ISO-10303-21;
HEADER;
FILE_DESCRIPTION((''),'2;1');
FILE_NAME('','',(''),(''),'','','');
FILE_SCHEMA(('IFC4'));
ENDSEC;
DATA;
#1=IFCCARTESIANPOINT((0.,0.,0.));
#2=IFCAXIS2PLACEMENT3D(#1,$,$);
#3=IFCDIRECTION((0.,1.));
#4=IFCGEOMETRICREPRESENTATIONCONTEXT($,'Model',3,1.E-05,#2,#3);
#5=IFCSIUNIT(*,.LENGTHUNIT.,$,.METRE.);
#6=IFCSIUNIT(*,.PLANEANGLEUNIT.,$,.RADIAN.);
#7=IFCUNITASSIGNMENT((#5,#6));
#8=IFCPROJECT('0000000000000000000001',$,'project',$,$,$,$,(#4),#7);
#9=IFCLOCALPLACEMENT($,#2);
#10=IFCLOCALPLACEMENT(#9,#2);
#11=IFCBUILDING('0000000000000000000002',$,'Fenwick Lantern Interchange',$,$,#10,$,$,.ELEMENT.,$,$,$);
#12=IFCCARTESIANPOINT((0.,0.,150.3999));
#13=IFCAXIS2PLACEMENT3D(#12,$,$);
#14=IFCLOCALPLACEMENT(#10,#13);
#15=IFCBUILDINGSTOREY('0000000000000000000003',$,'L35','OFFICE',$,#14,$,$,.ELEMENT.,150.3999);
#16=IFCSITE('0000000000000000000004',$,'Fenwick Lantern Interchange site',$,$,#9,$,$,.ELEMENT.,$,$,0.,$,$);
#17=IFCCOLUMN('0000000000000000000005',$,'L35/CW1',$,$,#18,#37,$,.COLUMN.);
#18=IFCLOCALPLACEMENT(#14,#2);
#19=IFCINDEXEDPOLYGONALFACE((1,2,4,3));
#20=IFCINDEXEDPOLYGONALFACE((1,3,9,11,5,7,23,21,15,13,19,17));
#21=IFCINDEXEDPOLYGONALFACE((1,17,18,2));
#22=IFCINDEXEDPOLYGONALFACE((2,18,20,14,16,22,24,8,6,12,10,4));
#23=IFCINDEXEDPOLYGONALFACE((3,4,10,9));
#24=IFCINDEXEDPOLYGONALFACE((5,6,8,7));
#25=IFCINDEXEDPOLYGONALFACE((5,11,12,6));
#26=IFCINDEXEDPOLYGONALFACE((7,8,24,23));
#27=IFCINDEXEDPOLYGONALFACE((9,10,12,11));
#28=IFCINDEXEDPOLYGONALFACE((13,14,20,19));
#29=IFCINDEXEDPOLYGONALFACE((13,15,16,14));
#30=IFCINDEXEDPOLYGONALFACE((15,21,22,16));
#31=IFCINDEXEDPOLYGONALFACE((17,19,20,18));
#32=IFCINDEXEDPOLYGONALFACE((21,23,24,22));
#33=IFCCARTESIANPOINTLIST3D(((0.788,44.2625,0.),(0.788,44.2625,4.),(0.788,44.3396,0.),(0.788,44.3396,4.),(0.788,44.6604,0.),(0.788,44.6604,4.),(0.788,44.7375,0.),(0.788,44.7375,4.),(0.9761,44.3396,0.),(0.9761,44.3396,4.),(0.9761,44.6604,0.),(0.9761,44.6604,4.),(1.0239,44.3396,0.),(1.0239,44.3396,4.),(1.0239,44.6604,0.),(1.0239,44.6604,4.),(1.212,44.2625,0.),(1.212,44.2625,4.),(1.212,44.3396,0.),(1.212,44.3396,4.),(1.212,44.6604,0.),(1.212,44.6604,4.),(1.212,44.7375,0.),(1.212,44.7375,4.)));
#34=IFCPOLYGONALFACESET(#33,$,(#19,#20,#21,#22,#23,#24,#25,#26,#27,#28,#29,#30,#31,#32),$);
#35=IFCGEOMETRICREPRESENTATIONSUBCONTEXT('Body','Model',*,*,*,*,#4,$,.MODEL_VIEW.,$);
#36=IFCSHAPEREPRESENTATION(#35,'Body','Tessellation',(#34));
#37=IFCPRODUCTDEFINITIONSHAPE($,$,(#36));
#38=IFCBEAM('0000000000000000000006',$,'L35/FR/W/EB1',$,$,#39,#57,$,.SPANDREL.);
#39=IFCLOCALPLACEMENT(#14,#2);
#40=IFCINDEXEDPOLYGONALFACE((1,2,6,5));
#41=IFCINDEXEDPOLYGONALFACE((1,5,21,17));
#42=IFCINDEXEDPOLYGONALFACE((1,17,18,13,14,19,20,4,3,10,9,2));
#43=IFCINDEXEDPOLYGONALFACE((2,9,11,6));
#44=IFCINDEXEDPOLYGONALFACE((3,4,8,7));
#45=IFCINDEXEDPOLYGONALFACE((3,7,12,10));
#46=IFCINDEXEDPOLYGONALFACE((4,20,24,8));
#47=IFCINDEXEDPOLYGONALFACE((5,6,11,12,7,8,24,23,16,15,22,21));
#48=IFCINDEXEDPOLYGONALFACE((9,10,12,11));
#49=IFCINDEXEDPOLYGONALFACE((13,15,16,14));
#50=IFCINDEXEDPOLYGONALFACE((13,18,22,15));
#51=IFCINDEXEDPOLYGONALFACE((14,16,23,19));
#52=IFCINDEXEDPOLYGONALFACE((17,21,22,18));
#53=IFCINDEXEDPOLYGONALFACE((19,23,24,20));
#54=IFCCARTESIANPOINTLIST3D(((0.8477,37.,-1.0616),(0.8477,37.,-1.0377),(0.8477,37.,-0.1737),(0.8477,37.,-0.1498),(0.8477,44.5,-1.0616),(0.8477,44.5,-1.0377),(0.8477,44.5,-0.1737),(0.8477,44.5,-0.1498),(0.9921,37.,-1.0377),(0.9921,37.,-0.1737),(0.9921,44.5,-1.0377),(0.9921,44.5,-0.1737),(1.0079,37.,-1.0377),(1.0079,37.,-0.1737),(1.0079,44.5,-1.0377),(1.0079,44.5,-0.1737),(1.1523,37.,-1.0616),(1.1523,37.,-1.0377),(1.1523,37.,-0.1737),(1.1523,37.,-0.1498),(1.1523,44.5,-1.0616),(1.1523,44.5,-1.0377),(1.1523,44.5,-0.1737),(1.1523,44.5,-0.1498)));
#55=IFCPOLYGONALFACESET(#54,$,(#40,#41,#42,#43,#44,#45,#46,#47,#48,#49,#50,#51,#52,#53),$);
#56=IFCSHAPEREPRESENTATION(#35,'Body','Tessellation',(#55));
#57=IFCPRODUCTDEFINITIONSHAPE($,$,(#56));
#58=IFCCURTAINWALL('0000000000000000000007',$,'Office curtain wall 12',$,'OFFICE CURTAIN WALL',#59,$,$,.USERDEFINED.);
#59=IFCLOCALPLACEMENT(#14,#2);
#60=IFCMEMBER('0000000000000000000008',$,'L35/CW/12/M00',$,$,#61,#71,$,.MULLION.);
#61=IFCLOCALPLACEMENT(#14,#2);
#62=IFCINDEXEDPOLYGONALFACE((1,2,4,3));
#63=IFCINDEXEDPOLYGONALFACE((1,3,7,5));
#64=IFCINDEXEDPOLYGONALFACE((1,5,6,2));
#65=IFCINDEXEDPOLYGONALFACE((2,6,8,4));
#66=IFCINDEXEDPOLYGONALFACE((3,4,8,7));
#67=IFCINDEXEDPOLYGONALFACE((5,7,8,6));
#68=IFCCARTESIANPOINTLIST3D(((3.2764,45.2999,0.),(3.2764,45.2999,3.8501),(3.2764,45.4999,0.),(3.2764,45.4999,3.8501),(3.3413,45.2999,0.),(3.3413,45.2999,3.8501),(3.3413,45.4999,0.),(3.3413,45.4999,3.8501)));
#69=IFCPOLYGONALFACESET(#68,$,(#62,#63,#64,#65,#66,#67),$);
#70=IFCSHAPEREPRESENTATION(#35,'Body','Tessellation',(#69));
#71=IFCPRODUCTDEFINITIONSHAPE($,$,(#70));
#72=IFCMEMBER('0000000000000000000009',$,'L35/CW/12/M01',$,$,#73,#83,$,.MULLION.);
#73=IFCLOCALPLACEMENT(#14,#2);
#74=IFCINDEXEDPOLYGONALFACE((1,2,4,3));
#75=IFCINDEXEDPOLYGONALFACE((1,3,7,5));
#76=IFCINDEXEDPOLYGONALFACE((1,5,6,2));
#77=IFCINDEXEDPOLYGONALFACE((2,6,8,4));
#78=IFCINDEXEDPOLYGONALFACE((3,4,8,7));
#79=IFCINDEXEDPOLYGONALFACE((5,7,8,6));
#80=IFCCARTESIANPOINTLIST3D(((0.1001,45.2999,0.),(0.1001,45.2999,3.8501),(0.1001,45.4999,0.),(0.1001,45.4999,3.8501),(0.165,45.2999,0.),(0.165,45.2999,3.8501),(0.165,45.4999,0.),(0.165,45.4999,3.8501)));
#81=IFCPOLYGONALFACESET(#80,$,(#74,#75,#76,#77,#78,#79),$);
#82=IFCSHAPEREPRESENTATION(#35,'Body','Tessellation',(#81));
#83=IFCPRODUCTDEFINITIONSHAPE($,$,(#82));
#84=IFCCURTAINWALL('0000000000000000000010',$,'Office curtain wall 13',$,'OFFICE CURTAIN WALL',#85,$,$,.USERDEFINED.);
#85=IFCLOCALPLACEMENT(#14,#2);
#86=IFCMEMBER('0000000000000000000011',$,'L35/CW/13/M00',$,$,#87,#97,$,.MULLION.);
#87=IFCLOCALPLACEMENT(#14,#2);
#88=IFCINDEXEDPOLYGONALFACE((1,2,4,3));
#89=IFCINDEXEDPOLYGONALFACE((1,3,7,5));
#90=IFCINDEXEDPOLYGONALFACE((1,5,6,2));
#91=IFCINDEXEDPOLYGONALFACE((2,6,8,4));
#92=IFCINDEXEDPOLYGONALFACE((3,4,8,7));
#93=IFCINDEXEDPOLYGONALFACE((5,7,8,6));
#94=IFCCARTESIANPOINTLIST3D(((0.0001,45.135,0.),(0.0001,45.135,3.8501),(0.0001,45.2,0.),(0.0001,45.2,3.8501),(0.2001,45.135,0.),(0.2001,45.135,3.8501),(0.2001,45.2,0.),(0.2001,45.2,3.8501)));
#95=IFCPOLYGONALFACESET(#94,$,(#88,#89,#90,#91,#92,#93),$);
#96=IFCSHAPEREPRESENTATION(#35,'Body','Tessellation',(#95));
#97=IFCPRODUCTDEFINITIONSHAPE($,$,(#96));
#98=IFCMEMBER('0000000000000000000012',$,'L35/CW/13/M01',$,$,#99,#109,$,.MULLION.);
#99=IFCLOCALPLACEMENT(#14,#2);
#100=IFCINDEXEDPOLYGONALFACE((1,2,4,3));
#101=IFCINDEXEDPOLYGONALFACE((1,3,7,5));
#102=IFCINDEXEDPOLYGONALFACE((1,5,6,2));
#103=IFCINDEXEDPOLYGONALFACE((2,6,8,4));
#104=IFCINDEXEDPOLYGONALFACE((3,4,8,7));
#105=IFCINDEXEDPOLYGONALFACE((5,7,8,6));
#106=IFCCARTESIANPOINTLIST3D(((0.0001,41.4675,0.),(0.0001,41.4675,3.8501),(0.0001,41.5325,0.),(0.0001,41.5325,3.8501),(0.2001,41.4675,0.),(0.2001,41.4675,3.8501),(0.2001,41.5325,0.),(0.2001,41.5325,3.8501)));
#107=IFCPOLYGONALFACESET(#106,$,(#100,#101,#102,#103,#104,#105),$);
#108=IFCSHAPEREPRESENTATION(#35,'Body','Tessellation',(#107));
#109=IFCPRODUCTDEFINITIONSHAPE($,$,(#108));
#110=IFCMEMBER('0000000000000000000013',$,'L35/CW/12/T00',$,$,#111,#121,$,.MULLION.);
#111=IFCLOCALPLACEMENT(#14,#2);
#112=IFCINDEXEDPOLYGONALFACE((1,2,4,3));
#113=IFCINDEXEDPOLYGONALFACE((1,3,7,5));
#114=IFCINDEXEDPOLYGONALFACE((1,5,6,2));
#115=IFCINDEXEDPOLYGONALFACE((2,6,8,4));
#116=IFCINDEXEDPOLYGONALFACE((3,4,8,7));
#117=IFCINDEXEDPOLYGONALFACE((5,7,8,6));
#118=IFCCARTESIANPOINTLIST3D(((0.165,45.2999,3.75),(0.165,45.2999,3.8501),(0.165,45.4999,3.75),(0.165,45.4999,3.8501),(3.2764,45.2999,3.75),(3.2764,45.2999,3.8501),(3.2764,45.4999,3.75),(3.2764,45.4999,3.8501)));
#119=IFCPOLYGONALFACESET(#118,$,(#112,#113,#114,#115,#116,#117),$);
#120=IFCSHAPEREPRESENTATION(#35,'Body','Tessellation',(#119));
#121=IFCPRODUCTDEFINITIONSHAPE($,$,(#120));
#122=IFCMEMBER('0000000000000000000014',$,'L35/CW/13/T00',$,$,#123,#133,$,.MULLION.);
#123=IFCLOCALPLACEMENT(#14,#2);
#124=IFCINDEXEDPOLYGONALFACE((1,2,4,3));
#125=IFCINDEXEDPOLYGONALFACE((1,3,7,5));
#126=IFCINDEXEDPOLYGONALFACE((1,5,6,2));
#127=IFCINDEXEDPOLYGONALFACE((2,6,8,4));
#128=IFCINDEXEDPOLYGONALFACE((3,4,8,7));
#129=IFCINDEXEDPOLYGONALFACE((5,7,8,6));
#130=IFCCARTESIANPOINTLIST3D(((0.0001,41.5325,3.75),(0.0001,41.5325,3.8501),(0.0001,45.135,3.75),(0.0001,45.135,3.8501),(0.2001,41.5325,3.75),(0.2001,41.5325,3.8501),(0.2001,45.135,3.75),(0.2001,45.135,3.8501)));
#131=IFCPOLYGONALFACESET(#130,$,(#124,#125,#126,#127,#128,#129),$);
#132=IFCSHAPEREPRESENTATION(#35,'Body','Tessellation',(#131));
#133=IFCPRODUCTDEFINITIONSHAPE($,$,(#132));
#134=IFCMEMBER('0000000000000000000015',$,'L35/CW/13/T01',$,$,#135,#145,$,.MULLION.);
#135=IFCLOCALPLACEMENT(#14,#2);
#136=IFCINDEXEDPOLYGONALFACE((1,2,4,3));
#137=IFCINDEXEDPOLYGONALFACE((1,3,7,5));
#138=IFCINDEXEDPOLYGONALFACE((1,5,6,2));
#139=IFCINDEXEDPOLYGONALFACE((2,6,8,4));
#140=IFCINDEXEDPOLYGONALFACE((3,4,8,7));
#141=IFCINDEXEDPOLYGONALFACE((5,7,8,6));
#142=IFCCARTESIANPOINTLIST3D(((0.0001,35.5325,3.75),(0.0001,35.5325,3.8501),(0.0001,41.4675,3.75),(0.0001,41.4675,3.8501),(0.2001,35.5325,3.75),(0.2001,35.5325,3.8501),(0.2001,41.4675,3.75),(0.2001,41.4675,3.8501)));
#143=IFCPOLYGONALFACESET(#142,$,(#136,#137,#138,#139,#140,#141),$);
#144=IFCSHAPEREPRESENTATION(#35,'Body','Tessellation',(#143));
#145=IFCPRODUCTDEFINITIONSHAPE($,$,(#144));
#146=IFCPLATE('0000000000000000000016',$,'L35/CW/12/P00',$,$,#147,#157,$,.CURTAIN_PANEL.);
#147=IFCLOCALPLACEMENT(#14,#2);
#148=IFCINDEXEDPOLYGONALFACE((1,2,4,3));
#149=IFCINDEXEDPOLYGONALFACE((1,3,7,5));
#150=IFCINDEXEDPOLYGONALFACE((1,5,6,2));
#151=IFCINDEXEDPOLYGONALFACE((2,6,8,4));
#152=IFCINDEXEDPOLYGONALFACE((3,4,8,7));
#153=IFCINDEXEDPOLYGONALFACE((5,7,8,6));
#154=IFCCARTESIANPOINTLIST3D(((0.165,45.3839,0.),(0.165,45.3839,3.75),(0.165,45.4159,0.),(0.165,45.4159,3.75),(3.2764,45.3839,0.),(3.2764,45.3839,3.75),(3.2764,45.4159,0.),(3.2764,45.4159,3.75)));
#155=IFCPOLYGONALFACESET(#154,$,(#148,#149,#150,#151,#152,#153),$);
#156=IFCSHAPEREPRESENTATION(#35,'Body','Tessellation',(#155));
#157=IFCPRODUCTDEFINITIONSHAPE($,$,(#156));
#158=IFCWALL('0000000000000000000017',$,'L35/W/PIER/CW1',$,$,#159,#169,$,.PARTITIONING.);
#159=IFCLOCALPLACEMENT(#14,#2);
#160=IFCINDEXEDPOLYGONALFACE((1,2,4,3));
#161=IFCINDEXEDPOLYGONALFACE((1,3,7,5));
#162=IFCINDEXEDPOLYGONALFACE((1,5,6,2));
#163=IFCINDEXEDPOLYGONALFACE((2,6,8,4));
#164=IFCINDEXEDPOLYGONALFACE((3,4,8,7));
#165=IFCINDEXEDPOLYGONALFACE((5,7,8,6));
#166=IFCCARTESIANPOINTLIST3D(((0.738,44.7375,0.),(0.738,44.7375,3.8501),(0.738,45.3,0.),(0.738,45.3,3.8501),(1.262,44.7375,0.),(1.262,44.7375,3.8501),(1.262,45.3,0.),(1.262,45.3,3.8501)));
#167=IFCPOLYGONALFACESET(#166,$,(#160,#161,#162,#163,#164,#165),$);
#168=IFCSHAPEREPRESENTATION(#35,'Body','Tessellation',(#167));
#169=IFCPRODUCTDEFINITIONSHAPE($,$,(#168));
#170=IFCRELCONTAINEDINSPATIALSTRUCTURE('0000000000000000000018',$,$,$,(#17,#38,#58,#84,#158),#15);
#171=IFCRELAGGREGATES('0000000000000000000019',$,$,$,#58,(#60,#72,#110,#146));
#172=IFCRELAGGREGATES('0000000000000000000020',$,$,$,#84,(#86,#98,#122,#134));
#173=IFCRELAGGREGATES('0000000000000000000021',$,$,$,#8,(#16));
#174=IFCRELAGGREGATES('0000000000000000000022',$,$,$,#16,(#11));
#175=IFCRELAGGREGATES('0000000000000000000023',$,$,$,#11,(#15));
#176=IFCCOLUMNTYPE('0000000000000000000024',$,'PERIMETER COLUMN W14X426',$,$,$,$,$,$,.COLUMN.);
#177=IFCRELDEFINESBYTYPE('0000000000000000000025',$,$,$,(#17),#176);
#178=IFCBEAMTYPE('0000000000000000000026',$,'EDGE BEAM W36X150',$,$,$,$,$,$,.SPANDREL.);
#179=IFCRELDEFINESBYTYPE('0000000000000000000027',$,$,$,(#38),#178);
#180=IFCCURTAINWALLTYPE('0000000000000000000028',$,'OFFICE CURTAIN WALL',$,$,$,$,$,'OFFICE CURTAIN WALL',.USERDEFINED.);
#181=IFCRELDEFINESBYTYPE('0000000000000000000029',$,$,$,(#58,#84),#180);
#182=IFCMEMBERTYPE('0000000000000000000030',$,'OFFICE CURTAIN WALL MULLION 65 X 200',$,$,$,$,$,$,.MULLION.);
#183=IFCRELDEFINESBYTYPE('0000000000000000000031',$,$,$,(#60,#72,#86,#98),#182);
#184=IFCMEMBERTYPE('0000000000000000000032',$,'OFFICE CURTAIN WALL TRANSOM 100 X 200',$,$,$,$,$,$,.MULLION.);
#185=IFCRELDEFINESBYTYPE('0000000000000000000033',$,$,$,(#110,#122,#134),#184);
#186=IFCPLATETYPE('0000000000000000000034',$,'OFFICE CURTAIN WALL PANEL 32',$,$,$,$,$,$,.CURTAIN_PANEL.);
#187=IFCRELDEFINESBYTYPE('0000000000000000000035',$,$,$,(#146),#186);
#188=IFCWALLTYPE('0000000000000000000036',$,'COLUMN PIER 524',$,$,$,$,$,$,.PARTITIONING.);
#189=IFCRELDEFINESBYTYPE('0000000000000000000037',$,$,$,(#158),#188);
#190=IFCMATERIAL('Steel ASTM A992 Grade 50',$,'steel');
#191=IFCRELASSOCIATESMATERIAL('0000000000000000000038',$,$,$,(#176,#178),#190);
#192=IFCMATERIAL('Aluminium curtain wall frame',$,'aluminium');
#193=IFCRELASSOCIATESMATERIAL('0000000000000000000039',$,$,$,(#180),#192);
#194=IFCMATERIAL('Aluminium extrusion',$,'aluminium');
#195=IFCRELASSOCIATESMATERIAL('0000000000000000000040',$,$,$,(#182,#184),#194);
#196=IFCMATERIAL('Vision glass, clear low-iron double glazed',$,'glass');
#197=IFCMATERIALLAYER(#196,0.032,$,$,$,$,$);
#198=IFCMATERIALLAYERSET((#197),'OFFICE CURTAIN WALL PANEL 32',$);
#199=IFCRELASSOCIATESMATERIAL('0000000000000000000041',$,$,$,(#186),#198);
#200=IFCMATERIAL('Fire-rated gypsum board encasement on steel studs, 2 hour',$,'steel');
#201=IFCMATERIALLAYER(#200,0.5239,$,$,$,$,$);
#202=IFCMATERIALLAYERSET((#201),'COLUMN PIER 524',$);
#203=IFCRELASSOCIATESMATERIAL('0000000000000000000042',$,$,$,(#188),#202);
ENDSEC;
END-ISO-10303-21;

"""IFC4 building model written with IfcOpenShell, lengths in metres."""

from ifc_helpers import new_model, si_unit, direction, frame, frame_2d, origin, origin_2d, place, context, subcontext, project, spatial, rectangle, i_section, extrude, material, layer, layer_set, material_profile, profile_set, type_object, element, aggregate, save


model = new_model("IFC4")

# Units and contexts
model_context = context("Model", 3, precision=1e-05, world=origin(), true_north=direction((0.0, 1.0)))
body_context = subcontext(model_context, "Body", "Model", "MODEL_VIEW")
ifc_project = project(units=[si_unit("LENGTHUNIT", "METRE"), si_unit("PLANEANGLEUNIT", "RADIAN")], contexts=[model_context])

# Site, building, storey
site_placement = place(None, origin())
site = spatial("IfcSite", under=ifc_project, at=site_placement, Name="Fenwick Lantern Interchange site", CompositionType="ELEMENT", RefElevation=0.0)
building_placement = place(site_placement, origin())
building = spatial("IfcBuilding", under=site, at=building_placement, Name="Fenwick Lantern Interchange", CompositionType="ELEMENT")
storey_placement = place(building_placement, frame((0.0, 0.0, 150.3999)))
storey = spatial("IfcBuildingStorey", under=building, at=storey_placement, Name="L35", Description="OFFICE", CompositionType="ELEMENT", Elevation=150.3999)

# Column
ifc_material_1 = material(Name="Steel ASTM A992 Grade 50", Category="steel")
ifc_material_profile_1 = material_profile(ifc_material_1, i_section(OverallWidth=0.4241, OverallDepth=0.4751, WebThickness=0.0479, FlangeThickness=0.0771, at=origin_2d()), Name="W14X426")
ifc_profile_set_1 = profile_set([ifc_material_profile_1], Name="Steel ASTM A992 Grade 50")
column_type = type_object("IfcColumnType", Name="PERIMETER COLUMN W14X426", PredefinedType="COLUMN", material=ifc_profile_set_1)
column_placement = place(storey_placement, frame((1.0, 44.5, 0.0), z_axis=(0.0, 0.0, 1.0), x_axis=(1.0, 0.0, 0.0)))
element("IfcColumn", 1, at=column_placement, inside=storey, type_object=column_type, Name="L35/CW1", PredefinedType="COLUMN", context=body_context, shape_type="SweptSolid", body=[
    extrude(i_section(OverallWidth=0.4241, OverallDepth=0.4751, WebThickness=0.0479, FlangeThickness=0.0771, at=origin_2d()), origin(), (0.0, 0.0, 1.0), 4.0),
])

# Beam
ifc_material_profile_2 = material_profile(ifc_material_1, i_section(OverallWidth=0.3047, OverallDepth=0.9119, WebThickness=0.0159, FlangeThickness=0.0239, at=origin_2d()), Name="W36X150")
ifc_profile_set_2 = profile_set([ifc_material_profile_2], Name="Steel ASTM A992 Grade 50")
beam_type = type_object("IfcBeamType", Name="EDGE BEAM W36X150", PredefinedType="SPANDREL", material=ifc_profile_set_2)
beam_placement = place(storey_placement, frame((1.0, 44.5, -0.6057), z_axis=(0.0, -1.0, 0.0), x_axis=(1.0, 0.0, 0.0)))
element("IfcBeam", 2, at=beam_placement, inside=storey, type_object=beam_type, Name="L35/FR/W/EB1", PredefinedType="SPANDREL", context=body_context, shape_type="SweptSolid", body=[
    extrude(i_section(OverallWidth=0.3047, OverallDepth=0.9119, WebThickness=0.0159, FlangeThickness=0.0239, at=origin_2d()), origin(), (0.0, 0.0, 1.0), 7.5),
])

# Curtain walls, members
ifc_material_2 = material(Name="Aluminium curtain wall frame", Category="aluminium")
curtain_wall_type = type_object("IfcCurtainWallType", Name="OFFICE CURTAIN WALL", ElementType="OFFICE CURTAIN WALL", PredefinedType="USERDEFINED", material=ifc_material_2)
curtain_wall_1_placement = place(storey_placement, origin())
curtain_wall_1 = element("IfcCurtainWall", 3, at=curtain_wall_1_placement, inside=storey, type_object=curtain_wall_type, Name="Office curtain wall 12", ObjectType="OFFICE CURTAIN WALL", PredefinedType="USERDEFINED")
ifc_material_3 = material(Name="Aluminium extrusion", Category="aluminium")
ifc_material_profile_3 = material_profile(ifc_material_3, rectangle(XDim=0.2, YDim=0.0649, at=origin_2d()), Name="OFFICE CURTAIN WALL MULLION 65 X 200")
ifc_profile_set_3 = profile_set([ifc_material_profile_3], Name="Aluminium extrusion")
member_type_1 = type_object("IfcMemberType", Name="OFFICE CURTAIN WALL MULLION 65 X 200", PredefinedType="MULLION", material=ifc_profile_set_3)
member_1_placement = place(storey_placement, frame((3.3088, 45.3999, 0.0), z_axis=(0.0, 0.0, 1.0), x_axis=(0.0, -1.0, 0.0)))
member_1 = element("IfcMember", 4, at=member_1_placement, type_object=member_type_1, Name="L35/CW/12/M00", PredefinedType="MULLION", context=body_context, shape_type="SweptSolid", body=[
    extrude(rectangle(XDim=0.2, YDim=0.0649, at=origin_2d()), origin(), (0.0, 0.0, 1.0), 3.8501),
])
member_2_placement = place(storey_placement, frame((0.1326, 45.3999, 0.0), z_axis=(0.0, 0.0, 1.0), x_axis=(0.0, -1.0, 0.0)))
member_2 = element("IfcMember", 5, at=member_2_placement, type_object=member_type_1, Name="L35/CW/12/M01", PredefinedType="MULLION", context=body_context, shape_type="SweptSolid", body=[
    extrude(rectangle(XDim=0.2, YDim=0.0649, at=origin_2d()), origin(), (0.0, 0.0, 1.0), 3.8501),
])
curtain_wall_2_placement = place(storey_placement, origin())
curtain_wall_2 = element("IfcCurtainWall", 6, at=curtain_wall_2_placement, inside=storey, type_object=curtain_wall_type, Name="Office curtain wall 13", ObjectType="OFFICE CURTAIN WALL", PredefinedType="USERDEFINED")
member_3_placement = place(storey_placement, frame((0.1001, 45.1675, 0.0), z_axis=(0.0, 0.0, 1.0), x_axis=(1.0, 0.0, 0.0)))
member_3 = element("IfcMember", 7, at=member_3_placement, type_object=member_type_1, Name="L35/CW/13/M00", PredefinedType="MULLION", context=body_context, shape_type="SweptSolid", body=[
    extrude(rectangle(XDim=0.2, YDim=0.0649, at=origin_2d()), origin(), (0.0, 0.0, 1.0), 3.8501),
])
member_4_placement = place(storey_placement, frame((0.1001, 41.5, 0.0), z_axis=(0.0, 0.0, 1.0), x_axis=(1.0, 0.0, 0.0)))
member_4 = element("IfcMember", 8, at=member_4_placement, type_object=member_type_1, Name="L35/CW/13/M01", PredefinedType="MULLION", context=body_context, shape_type="SweptSolid", body=[
    extrude(rectangle(XDim=0.2, YDim=0.0649, at=origin_2d()), origin(), (0.0, 0.0, 1.0), 3.8501),
])

# Members
ifc_material_profile_4 = material_profile(ifc_material_3, rectangle(XDim=0.2, YDim=0.1001, at=origin_2d()), Name="OFFICE CURTAIN WALL TRANSOM 100 X 200")
ifc_profile_set_4 = profile_set([ifc_material_profile_4], Name="Aluminium extrusion")
member_type_2 = type_object("IfcMemberType", Name="OFFICE CURTAIN WALL TRANSOM 100 X 200", PredefinedType="MULLION", material=ifc_profile_set_4)
member_5_placement = place(storey_placement, frame((3.2764, 45.3999, 3.8), z_axis=(-1.0, 0.0, 0.0), x_axis=(0.0, -1.0, 0.0)))
member_5 = element("IfcMember", 9, at=member_5_placement, type_object=member_type_2, Name="L35/CW/12/T00", PredefinedType="MULLION", context=body_context, shape_type="SweptSolid", body=[
    extrude(rectangle(XDim=0.2, YDim=0.1001, at=origin_2d()), origin(), (0.0, 0.0, 1.0), 3.1113),
])
member_6_placement = place(storey_placement, frame((0.1001, 45.135, 3.8), z_axis=(0.0, -1.0, 0.0), x_axis=(1.0, 0.0, 0.0)))
member_6 = element("IfcMember", 10, at=member_6_placement, type_object=member_type_2, Name="L35/CW/13/T00", PredefinedType="MULLION", context=body_context, shape_type="SweptSolid", body=[
    extrude(rectangle(XDim=0.2, YDim=0.1001, at=origin_2d()), origin(), (0.0, 0.0, 1.0), 3.6025),
])
member_7_placement = place(storey_placement, frame((0.1001, 41.4675, 3.8), z_axis=(0.0, -1.0, 0.0), x_axis=(1.0, 0.0, 0.0)))
member_7 = element("IfcMember", 11, at=member_7_placement, type_object=member_type_2, Name="L35/CW/13/T01", PredefinedType="MULLION", context=body_context, shape_type="SweptSolid", body=[
    extrude(rectangle(XDim=0.2, YDim=0.1001, at=origin_2d()), origin(), (0.0, 0.0, 1.0), 5.9351),
])

# Plate
ifc_material_4 = material(Name="Vision glass, clear low-iron double glazed", Category="glass")
ifc_layer_1 = layer(ifc_material_4, 0.032)
ifc_layer_set_1 = layer_set([ifc_layer_1], Name="OFFICE CURTAIN WALL PANEL 32")
plate_type = type_object("IfcPlateType", Name="OFFICE CURTAIN WALL PANEL 32", PredefinedType="CURTAIN_PANEL", material=ifc_layer_set_1)
plate_1_placement = place(storey_placement, frame((1.7207, 45.3999, 0.0), z_axis=(0.0, 0.0, 1.0), x_axis=(-1.0, 0.0, 0.0)))
plate_1 = element("IfcPlate", 12, at=plate_1_placement, type_object=plate_type, Name="L35/CW/12/P00", PredefinedType="CURTAIN_PANEL", context=body_context, shape_type="SweptSolid", body=[
    extrude(rectangle(XDim=3.1113, YDim=0.032, at=origin_2d()), origin(), (0.0, 0.0, 1.0), 3.75),
])
aggregate(curtain_wall_1, [member_1, member_2, member_5, plate_1])
aggregate(curtain_wall_2, [member_3, member_4, member_6, member_7])

# Wall
ifc_material_5 = material(Name="Fire-rated gypsum board encasement on steel studs, 2 hour", Category="steel")
ifc_layer_2 = layer(ifc_material_5, 0.5239)
ifc_layer_set_2 = layer_set([ifc_layer_2], Name="COLUMN PIER 524")
wall_type = type_object("IfcWallType", Name="COLUMN PIER 524", PredefinedType="PARTITIONING", material=ifc_layer_set_2)
wall_placement = place(storey_placement, frame((1.0, 45.3, 0.0), z_axis=(0.0, 0.0, 1.0), x_axis=(0.0, -1.0, 0.0)))
element("IfcWall", 13, at=wall_placement, inside=storey, type_object=wall_type, Name="L35/W/PIER/CW1", PredefinedType="PARTITIONING", context=body_context, shape_type="SweptSolid", body=[
    extrude(rectangle(XDim=0.5625, YDim=0.5239, at=frame_2d((0.2812, 0.0))), origin(), (0.0, 0.0, 1.0), 3.8501),
])

save(model, "model.ifc")
